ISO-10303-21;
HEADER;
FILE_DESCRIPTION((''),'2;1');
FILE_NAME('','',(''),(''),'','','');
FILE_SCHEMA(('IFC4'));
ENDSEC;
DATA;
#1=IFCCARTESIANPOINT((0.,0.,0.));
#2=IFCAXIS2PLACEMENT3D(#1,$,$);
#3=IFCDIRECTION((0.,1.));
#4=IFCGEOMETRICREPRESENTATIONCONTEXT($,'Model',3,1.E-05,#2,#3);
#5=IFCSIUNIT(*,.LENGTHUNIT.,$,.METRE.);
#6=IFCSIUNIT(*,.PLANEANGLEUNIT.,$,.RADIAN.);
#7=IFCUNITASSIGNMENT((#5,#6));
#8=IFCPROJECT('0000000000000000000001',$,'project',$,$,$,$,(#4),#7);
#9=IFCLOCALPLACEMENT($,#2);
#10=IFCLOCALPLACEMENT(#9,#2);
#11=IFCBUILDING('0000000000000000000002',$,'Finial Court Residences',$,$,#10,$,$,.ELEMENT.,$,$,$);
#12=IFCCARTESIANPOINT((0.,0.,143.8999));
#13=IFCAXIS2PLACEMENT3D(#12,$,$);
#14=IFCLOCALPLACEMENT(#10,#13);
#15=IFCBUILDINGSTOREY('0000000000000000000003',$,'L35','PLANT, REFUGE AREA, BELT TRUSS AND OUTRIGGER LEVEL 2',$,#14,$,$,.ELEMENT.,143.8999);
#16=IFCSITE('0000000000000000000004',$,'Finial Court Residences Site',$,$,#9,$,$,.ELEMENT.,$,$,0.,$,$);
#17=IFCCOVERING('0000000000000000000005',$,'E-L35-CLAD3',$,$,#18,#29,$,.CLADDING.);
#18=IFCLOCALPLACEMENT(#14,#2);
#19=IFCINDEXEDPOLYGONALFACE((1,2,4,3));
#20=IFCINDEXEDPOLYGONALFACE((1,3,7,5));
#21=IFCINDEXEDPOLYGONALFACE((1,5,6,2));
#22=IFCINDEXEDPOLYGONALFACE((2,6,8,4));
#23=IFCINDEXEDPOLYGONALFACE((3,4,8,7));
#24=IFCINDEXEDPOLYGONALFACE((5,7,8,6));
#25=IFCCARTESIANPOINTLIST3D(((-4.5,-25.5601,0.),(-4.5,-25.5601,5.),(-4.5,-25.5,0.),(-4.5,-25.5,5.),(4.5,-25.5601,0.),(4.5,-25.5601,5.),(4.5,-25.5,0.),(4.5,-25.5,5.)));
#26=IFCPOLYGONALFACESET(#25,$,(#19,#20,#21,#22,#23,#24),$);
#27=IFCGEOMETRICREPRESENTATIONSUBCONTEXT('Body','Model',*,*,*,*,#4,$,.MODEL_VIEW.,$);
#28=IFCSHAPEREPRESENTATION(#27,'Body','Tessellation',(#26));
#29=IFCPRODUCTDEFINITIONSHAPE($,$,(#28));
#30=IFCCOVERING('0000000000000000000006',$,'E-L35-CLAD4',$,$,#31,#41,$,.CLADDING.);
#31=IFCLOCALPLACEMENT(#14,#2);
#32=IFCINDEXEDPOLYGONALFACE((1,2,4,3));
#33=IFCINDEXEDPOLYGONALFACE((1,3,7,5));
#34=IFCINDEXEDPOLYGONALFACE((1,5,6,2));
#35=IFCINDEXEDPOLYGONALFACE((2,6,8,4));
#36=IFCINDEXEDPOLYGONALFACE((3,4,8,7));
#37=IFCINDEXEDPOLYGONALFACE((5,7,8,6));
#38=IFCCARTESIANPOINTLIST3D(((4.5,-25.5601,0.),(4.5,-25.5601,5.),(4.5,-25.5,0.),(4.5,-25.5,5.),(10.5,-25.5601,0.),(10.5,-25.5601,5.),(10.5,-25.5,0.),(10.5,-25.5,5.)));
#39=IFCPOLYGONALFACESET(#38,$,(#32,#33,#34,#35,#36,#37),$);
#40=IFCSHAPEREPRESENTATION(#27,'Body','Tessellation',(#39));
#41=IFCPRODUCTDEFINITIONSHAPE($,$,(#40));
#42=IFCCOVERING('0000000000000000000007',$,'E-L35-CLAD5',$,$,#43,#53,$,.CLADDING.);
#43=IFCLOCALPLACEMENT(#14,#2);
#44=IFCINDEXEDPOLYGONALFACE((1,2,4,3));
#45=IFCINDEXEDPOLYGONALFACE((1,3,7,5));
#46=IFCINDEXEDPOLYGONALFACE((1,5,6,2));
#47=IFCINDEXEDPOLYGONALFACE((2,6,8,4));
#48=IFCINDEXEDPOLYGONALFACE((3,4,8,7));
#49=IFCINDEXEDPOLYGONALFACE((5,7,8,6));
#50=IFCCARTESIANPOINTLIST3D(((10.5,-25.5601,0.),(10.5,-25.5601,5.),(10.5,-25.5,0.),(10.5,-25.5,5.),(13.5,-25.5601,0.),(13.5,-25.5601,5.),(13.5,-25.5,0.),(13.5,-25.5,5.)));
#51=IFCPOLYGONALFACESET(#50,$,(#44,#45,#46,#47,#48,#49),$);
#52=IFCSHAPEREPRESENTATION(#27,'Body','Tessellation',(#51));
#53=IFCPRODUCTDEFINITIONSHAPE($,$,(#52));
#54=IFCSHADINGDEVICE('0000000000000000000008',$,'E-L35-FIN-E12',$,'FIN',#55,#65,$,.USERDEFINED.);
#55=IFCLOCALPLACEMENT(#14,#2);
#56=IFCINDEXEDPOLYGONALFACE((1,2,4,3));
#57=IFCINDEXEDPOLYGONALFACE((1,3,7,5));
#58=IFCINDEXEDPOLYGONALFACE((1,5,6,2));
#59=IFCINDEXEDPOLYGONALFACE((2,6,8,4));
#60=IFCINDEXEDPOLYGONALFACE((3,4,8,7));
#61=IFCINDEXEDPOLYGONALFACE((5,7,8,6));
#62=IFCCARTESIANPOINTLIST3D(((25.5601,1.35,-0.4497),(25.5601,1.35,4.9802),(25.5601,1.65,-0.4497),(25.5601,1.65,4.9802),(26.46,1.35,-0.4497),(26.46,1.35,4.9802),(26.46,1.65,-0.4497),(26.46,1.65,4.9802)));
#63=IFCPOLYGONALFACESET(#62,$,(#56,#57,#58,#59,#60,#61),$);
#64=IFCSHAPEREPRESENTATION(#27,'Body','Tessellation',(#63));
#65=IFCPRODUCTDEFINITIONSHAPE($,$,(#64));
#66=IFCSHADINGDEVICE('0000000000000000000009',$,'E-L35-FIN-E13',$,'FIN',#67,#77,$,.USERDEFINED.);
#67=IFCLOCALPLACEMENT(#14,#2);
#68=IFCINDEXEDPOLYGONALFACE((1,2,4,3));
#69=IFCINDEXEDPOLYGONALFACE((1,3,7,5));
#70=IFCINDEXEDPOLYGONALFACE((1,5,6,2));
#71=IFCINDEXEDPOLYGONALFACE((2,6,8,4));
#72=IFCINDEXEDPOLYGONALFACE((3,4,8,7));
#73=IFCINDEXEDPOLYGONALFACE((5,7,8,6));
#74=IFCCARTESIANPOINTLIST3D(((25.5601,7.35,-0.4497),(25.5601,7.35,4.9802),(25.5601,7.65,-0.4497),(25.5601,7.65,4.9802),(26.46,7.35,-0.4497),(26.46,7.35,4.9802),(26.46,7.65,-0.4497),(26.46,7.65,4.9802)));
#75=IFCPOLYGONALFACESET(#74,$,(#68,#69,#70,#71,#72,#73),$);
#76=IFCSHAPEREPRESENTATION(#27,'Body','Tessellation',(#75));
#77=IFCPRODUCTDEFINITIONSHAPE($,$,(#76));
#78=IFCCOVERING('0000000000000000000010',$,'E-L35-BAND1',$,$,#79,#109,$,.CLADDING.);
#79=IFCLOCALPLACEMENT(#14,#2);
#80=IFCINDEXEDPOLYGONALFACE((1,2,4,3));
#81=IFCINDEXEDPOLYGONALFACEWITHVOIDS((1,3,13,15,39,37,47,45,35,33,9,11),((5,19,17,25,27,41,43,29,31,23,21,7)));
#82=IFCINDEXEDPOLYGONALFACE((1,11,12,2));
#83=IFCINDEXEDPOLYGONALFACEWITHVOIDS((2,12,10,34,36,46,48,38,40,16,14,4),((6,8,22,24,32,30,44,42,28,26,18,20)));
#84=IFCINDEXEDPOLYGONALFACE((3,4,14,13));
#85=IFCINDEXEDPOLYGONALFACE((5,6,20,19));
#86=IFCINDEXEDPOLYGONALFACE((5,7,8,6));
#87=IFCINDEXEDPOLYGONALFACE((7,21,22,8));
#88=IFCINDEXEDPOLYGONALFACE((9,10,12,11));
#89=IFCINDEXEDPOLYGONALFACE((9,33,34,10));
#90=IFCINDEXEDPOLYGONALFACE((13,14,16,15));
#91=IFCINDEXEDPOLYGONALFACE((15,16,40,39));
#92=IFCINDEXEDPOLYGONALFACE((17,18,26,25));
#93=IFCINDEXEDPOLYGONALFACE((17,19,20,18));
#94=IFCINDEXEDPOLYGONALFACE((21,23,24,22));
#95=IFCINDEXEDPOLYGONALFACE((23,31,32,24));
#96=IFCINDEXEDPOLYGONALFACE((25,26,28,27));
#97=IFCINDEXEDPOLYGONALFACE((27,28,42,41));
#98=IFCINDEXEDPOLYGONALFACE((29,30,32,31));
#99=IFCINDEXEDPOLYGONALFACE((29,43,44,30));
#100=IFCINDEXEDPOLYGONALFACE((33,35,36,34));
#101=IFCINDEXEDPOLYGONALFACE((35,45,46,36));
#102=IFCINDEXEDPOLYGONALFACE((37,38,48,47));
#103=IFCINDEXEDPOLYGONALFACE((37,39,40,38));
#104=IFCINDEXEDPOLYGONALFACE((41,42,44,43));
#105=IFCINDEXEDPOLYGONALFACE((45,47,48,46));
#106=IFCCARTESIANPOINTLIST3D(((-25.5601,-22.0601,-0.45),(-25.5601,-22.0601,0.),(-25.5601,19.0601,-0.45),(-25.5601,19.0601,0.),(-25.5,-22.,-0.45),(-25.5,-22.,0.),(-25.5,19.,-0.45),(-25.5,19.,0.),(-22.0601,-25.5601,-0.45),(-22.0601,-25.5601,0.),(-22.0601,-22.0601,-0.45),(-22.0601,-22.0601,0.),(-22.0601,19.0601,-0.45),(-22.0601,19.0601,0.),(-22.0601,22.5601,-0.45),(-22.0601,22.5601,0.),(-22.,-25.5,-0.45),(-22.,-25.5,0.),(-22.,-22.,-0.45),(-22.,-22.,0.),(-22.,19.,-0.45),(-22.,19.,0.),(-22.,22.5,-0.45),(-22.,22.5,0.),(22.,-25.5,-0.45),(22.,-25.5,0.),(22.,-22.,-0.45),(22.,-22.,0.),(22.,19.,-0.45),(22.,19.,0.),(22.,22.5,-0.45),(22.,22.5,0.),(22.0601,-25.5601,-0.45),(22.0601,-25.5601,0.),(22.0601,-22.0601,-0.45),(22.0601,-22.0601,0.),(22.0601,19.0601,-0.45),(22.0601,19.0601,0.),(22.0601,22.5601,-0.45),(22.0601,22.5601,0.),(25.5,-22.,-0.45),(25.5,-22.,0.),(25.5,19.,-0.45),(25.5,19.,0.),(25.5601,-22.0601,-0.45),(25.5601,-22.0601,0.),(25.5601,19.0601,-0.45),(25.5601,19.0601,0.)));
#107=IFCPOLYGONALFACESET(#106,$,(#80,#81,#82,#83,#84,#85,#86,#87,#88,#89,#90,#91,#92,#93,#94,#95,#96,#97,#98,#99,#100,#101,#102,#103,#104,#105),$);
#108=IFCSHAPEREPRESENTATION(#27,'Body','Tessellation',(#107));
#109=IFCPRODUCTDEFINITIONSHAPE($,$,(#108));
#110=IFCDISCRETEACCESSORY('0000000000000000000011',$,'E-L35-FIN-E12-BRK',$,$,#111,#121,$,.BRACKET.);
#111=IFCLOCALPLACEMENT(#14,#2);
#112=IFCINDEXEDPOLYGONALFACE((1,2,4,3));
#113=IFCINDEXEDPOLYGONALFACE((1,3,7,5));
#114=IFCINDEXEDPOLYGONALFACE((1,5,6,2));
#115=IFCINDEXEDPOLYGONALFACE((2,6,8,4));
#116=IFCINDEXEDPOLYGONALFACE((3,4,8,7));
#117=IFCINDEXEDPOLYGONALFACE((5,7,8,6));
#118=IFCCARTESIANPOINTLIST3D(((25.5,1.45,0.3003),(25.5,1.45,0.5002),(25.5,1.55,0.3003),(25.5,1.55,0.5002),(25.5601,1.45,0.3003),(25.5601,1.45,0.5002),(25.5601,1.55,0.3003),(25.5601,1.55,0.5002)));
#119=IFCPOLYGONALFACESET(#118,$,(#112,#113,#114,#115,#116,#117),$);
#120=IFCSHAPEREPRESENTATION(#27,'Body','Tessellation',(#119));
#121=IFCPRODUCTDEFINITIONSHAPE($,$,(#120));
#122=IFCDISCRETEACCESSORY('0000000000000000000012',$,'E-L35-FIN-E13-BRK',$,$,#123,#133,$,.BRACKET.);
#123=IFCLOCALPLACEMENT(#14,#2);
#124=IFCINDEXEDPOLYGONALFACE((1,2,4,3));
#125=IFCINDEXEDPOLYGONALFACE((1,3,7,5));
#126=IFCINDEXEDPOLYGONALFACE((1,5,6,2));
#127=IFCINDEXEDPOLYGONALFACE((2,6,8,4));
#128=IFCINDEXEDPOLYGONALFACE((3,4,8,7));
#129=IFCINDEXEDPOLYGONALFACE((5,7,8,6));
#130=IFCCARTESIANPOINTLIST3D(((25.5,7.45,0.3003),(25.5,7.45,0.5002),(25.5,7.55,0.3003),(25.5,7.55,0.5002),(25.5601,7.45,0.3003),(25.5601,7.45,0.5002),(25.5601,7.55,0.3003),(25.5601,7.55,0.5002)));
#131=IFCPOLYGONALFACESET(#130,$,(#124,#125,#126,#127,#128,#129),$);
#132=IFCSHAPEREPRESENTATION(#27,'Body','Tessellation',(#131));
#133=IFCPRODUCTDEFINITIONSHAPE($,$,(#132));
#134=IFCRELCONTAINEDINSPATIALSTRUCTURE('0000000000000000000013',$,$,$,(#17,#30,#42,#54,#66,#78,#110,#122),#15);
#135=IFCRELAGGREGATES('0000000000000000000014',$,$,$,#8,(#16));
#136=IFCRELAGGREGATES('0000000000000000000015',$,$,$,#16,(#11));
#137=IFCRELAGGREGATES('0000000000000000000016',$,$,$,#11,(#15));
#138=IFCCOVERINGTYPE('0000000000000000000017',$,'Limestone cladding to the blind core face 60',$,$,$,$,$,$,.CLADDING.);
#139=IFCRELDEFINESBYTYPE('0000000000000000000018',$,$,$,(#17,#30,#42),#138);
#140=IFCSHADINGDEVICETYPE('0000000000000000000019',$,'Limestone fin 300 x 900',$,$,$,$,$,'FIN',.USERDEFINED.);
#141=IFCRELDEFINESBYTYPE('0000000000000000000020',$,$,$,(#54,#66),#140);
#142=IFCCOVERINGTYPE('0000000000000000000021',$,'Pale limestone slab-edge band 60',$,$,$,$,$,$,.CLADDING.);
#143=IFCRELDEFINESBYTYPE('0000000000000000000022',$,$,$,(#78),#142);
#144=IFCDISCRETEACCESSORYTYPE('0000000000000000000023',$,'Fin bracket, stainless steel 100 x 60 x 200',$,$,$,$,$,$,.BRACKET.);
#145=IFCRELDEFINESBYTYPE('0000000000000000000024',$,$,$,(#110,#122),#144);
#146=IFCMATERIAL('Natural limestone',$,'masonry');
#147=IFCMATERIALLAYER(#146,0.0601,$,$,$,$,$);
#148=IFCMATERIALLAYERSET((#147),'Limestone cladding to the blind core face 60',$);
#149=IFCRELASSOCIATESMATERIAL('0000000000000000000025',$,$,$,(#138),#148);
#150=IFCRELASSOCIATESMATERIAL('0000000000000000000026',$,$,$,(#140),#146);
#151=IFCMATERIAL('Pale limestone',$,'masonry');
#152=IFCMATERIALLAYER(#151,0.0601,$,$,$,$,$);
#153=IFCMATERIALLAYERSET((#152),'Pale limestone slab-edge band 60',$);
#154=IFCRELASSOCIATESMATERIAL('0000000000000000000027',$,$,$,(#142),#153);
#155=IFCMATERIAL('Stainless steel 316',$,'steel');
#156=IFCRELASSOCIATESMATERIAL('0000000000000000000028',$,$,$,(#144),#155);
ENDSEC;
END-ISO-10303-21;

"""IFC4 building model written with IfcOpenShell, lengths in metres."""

from ifc_helpers import new_model, si_unit, direction, frame, origin, origin_2d, place, context, subcontext, project, spatial, polyline, rectangle, outline, extrude, material, layer, layer_set, type_object, element, save


model = new_model("IFC4")

# Units and contexts
model_context = context("Model", 3, precision=1e-05, world=origin(), true_north=direction((0.0, 1.0)))
body_context = subcontext(model_context, "Body", "Model", "MODEL_VIEW")
ifc_project = project(units=[si_unit("LENGTHUNIT", "METRE"), si_unit("PLANEANGLEUNIT", "RADIAN")], contexts=[model_context])

# Site, building, storey
site_placement = place(None, origin())
site = spatial("IfcSite", under=ifc_project, at=site_placement, Name="Finial Court Residences Site", CompositionType="ELEMENT", RefElevation=0.0)
building_placement = place(site_placement, origin())
building = spatial("IfcBuilding", under=site, at=building_placement, Name="Finial Court Residences", CompositionType="ELEMENT")
storey_placement = place(building_placement, frame((0.0, 0.0, 143.8999)))
storey = spatial("IfcBuildingStorey", under=building, at=storey_placement, Name="L35", Description="PLANT, REFUGE AREA, BELT TRUSS AND OUTRIGGER LEVEL 2", CompositionType="ELEMENT", Elevation=143.8999)

# Coverings
ifc_material_1 = material(Name="Natural limestone", Category="masonry")
ifc_layer_1 = layer(ifc_material_1, 0.0601)
ifc_layer_set_1 = layer_set([ifc_layer_1], Name="Limestone cladding to the blind core face 60")
covering_type_1 = type_object("IfcCoveringType", Name="Limestone cladding to the blind core face 60", PredefinedType="CLADDING", material=ifc_layer_set_1)
covering_1_placement = place(storey_placement, origin())
element("IfcCovering", 1, at=covering_1_placement, inside=storey, type_object=covering_type_1, Name="E-L35-CLAD3", PredefinedType="CLADDING", context=body_context, shape_type="SweptSolid", body=[
    extrude(outline(polyline([(4.5, -25.5601), (4.5, -25.5), (-4.5, -25.5), (-4.5, -25.5601), (4.5, -25.5601)])), origin(), (0.0, 0.0, 1.0), 5.0),
])
covering_2_placement = place(storey_placement, origin())
element("IfcCovering", 2, at=covering_2_placement, inside=storey, type_object=covering_type_1, Name="E-L35-CLAD4", PredefinedType="CLADDING", context=body_context, shape_type="SweptSolid", body=[
    extrude(outline(polyline([(10.5, -25.5601), (10.5, -25.5), (4.5, -25.5), (4.5, -25.5601), (10.5, -25.5601)])), origin(), (0.0, 0.0, 1.0), 5.0),
])
covering_3_placement = place(storey_placement, origin())
element("IfcCovering", 3, at=covering_3_placement, inside=storey, type_object=covering_type_1, Name="E-L35-CLAD5", PredefinedType="CLADDING", context=body_context, shape_type="SweptSolid", body=[
    extrude(outline(polyline([(13.5, -25.5601), (13.5, -25.5), (10.5, -25.5), (10.5, -25.5601), (13.5, -25.5601)])), origin(), (0.0, 0.0, 1.0), 5.0),
])

# Shading devices
shading_device_type = type_object("IfcShadingDeviceType", Name="Limestone fin 300 x 900", ElementType="FIN", PredefinedType="USERDEFINED", material=ifc_material_1)
for number, where, z_axis, x_axis, name in (
    (4, (26.01, 1.5, -0.4497), (0.0, 0.0, 1.0), (1.0, 0.0, 0.0), "E-L35-FIN-E12"),
    (5, (26.01, 7.5, -0.4497), (0.0, 0.0, 1.0), (1.0, 0.0, 0.0), "E-L35-FIN-E13"),
):
    element("IfcShadingDevice", number, at=place(storey_placement, frame(where, z_axis=z_axis, x_axis=x_axis)), inside=storey, type_object=shading_device_type, Name=name, ObjectType="FIN", PredefinedType="USERDEFINED", context=body_context, shape_type="SweptSolid", body=[
        extrude(rectangle(XDim=0.8999, YDim=0.3, at=origin_2d()), origin(), (0.0, 0.0, 1.0), 5.4299),
    ])

# Covering
ifc_material_2 = material(Name="Pale limestone", Category="masonry")
ifc_layer_2 = layer(ifc_material_2, 0.0601)
ifc_layer_set_2 = layer_set([ifc_layer_2], Name="Pale limestone slab-edge band 60")
covering_type_2 = type_object("IfcCoveringType", Name="Pale limestone slab-edge band 60", PredefinedType="CLADDING", material=ifc_layer_set_2)
covering_4_placement = place(storey_placement, frame((0.0, 0.0, -0.45)))
element("IfcCovering", 6, at=covering_4_placement, inside=storey, type_object=covering_type_2, Name="E-L35-BAND1", PredefinedType="CLADDING", context=body_context, shape_type="SweptSolid", body=[
    extrude(outline(polyline([(22.0601, -25.5601), (-22.0601, -25.5601), (-22.0601, -22.0601), (-25.5601, -22.0601), (-25.5601, 19.0601), (-22.0601, 19.0601), (-22.0601, 22.5601), (22.0601, 22.5601), (22.0601, 19.0601), (25.5601, 19.0601), (25.5601, -22.0601), (22.0601, -22.0601), (22.0601, -25.5601)]), holes=[polyline([(25.5, -22.0), (25.5, 19.0), (22.0, 19.0), (22.0, 22.5), (-22.0, 22.5), (-22.0, 19.0), (-25.5, 19.0), (-25.5, -22.0), (-22.0, -22.0), (-22.0, -25.5), (22.0, -25.5), (22.0, -22.0), (25.5, -22.0)])]), origin(), (0.0, 0.0, 1.0), 0.45),
])

# Discrete accessories
ifc_material_3 = material(Name="Stainless steel 316", Category="steel")
discrete_accessory_type = type_object("IfcDiscreteAccessoryType", Name="Fin bracket, stainless steel 100 x 60 x 200", PredefinedType="BRACKET", material=ifc_material_3)
for number, where, z_axis, x_axis, name in (
    (7, (25.53, 1.5, 0.3003), (0.0, 0.0, 1.0), (1.0, 0.0, 0.0), "E-L35-FIN-E12-BRK"),
    (8, (25.53, 7.5, 0.3003), (0.0, 0.0, 1.0), (1.0, 0.0, 0.0), "E-L35-FIN-E13-BRK"),
):
    element("IfcDiscreteAccessory", number, at=place(storey_placement, frame(where, z_axis=z_axis, x_axis=x_axis)), inside=storey, type_object=discrete_accessory_type, Name=name, PredefinedType="BRACKET", context=body_context, shape_type="SweptSolid", body=[
        extrude(rectangle(XDim=0.0601, YDim=0.1001, at=origin_2d()), origin(), (0.0, 0.0, 1.0), 0.2),
    ])

save(model, "model.ifc")
